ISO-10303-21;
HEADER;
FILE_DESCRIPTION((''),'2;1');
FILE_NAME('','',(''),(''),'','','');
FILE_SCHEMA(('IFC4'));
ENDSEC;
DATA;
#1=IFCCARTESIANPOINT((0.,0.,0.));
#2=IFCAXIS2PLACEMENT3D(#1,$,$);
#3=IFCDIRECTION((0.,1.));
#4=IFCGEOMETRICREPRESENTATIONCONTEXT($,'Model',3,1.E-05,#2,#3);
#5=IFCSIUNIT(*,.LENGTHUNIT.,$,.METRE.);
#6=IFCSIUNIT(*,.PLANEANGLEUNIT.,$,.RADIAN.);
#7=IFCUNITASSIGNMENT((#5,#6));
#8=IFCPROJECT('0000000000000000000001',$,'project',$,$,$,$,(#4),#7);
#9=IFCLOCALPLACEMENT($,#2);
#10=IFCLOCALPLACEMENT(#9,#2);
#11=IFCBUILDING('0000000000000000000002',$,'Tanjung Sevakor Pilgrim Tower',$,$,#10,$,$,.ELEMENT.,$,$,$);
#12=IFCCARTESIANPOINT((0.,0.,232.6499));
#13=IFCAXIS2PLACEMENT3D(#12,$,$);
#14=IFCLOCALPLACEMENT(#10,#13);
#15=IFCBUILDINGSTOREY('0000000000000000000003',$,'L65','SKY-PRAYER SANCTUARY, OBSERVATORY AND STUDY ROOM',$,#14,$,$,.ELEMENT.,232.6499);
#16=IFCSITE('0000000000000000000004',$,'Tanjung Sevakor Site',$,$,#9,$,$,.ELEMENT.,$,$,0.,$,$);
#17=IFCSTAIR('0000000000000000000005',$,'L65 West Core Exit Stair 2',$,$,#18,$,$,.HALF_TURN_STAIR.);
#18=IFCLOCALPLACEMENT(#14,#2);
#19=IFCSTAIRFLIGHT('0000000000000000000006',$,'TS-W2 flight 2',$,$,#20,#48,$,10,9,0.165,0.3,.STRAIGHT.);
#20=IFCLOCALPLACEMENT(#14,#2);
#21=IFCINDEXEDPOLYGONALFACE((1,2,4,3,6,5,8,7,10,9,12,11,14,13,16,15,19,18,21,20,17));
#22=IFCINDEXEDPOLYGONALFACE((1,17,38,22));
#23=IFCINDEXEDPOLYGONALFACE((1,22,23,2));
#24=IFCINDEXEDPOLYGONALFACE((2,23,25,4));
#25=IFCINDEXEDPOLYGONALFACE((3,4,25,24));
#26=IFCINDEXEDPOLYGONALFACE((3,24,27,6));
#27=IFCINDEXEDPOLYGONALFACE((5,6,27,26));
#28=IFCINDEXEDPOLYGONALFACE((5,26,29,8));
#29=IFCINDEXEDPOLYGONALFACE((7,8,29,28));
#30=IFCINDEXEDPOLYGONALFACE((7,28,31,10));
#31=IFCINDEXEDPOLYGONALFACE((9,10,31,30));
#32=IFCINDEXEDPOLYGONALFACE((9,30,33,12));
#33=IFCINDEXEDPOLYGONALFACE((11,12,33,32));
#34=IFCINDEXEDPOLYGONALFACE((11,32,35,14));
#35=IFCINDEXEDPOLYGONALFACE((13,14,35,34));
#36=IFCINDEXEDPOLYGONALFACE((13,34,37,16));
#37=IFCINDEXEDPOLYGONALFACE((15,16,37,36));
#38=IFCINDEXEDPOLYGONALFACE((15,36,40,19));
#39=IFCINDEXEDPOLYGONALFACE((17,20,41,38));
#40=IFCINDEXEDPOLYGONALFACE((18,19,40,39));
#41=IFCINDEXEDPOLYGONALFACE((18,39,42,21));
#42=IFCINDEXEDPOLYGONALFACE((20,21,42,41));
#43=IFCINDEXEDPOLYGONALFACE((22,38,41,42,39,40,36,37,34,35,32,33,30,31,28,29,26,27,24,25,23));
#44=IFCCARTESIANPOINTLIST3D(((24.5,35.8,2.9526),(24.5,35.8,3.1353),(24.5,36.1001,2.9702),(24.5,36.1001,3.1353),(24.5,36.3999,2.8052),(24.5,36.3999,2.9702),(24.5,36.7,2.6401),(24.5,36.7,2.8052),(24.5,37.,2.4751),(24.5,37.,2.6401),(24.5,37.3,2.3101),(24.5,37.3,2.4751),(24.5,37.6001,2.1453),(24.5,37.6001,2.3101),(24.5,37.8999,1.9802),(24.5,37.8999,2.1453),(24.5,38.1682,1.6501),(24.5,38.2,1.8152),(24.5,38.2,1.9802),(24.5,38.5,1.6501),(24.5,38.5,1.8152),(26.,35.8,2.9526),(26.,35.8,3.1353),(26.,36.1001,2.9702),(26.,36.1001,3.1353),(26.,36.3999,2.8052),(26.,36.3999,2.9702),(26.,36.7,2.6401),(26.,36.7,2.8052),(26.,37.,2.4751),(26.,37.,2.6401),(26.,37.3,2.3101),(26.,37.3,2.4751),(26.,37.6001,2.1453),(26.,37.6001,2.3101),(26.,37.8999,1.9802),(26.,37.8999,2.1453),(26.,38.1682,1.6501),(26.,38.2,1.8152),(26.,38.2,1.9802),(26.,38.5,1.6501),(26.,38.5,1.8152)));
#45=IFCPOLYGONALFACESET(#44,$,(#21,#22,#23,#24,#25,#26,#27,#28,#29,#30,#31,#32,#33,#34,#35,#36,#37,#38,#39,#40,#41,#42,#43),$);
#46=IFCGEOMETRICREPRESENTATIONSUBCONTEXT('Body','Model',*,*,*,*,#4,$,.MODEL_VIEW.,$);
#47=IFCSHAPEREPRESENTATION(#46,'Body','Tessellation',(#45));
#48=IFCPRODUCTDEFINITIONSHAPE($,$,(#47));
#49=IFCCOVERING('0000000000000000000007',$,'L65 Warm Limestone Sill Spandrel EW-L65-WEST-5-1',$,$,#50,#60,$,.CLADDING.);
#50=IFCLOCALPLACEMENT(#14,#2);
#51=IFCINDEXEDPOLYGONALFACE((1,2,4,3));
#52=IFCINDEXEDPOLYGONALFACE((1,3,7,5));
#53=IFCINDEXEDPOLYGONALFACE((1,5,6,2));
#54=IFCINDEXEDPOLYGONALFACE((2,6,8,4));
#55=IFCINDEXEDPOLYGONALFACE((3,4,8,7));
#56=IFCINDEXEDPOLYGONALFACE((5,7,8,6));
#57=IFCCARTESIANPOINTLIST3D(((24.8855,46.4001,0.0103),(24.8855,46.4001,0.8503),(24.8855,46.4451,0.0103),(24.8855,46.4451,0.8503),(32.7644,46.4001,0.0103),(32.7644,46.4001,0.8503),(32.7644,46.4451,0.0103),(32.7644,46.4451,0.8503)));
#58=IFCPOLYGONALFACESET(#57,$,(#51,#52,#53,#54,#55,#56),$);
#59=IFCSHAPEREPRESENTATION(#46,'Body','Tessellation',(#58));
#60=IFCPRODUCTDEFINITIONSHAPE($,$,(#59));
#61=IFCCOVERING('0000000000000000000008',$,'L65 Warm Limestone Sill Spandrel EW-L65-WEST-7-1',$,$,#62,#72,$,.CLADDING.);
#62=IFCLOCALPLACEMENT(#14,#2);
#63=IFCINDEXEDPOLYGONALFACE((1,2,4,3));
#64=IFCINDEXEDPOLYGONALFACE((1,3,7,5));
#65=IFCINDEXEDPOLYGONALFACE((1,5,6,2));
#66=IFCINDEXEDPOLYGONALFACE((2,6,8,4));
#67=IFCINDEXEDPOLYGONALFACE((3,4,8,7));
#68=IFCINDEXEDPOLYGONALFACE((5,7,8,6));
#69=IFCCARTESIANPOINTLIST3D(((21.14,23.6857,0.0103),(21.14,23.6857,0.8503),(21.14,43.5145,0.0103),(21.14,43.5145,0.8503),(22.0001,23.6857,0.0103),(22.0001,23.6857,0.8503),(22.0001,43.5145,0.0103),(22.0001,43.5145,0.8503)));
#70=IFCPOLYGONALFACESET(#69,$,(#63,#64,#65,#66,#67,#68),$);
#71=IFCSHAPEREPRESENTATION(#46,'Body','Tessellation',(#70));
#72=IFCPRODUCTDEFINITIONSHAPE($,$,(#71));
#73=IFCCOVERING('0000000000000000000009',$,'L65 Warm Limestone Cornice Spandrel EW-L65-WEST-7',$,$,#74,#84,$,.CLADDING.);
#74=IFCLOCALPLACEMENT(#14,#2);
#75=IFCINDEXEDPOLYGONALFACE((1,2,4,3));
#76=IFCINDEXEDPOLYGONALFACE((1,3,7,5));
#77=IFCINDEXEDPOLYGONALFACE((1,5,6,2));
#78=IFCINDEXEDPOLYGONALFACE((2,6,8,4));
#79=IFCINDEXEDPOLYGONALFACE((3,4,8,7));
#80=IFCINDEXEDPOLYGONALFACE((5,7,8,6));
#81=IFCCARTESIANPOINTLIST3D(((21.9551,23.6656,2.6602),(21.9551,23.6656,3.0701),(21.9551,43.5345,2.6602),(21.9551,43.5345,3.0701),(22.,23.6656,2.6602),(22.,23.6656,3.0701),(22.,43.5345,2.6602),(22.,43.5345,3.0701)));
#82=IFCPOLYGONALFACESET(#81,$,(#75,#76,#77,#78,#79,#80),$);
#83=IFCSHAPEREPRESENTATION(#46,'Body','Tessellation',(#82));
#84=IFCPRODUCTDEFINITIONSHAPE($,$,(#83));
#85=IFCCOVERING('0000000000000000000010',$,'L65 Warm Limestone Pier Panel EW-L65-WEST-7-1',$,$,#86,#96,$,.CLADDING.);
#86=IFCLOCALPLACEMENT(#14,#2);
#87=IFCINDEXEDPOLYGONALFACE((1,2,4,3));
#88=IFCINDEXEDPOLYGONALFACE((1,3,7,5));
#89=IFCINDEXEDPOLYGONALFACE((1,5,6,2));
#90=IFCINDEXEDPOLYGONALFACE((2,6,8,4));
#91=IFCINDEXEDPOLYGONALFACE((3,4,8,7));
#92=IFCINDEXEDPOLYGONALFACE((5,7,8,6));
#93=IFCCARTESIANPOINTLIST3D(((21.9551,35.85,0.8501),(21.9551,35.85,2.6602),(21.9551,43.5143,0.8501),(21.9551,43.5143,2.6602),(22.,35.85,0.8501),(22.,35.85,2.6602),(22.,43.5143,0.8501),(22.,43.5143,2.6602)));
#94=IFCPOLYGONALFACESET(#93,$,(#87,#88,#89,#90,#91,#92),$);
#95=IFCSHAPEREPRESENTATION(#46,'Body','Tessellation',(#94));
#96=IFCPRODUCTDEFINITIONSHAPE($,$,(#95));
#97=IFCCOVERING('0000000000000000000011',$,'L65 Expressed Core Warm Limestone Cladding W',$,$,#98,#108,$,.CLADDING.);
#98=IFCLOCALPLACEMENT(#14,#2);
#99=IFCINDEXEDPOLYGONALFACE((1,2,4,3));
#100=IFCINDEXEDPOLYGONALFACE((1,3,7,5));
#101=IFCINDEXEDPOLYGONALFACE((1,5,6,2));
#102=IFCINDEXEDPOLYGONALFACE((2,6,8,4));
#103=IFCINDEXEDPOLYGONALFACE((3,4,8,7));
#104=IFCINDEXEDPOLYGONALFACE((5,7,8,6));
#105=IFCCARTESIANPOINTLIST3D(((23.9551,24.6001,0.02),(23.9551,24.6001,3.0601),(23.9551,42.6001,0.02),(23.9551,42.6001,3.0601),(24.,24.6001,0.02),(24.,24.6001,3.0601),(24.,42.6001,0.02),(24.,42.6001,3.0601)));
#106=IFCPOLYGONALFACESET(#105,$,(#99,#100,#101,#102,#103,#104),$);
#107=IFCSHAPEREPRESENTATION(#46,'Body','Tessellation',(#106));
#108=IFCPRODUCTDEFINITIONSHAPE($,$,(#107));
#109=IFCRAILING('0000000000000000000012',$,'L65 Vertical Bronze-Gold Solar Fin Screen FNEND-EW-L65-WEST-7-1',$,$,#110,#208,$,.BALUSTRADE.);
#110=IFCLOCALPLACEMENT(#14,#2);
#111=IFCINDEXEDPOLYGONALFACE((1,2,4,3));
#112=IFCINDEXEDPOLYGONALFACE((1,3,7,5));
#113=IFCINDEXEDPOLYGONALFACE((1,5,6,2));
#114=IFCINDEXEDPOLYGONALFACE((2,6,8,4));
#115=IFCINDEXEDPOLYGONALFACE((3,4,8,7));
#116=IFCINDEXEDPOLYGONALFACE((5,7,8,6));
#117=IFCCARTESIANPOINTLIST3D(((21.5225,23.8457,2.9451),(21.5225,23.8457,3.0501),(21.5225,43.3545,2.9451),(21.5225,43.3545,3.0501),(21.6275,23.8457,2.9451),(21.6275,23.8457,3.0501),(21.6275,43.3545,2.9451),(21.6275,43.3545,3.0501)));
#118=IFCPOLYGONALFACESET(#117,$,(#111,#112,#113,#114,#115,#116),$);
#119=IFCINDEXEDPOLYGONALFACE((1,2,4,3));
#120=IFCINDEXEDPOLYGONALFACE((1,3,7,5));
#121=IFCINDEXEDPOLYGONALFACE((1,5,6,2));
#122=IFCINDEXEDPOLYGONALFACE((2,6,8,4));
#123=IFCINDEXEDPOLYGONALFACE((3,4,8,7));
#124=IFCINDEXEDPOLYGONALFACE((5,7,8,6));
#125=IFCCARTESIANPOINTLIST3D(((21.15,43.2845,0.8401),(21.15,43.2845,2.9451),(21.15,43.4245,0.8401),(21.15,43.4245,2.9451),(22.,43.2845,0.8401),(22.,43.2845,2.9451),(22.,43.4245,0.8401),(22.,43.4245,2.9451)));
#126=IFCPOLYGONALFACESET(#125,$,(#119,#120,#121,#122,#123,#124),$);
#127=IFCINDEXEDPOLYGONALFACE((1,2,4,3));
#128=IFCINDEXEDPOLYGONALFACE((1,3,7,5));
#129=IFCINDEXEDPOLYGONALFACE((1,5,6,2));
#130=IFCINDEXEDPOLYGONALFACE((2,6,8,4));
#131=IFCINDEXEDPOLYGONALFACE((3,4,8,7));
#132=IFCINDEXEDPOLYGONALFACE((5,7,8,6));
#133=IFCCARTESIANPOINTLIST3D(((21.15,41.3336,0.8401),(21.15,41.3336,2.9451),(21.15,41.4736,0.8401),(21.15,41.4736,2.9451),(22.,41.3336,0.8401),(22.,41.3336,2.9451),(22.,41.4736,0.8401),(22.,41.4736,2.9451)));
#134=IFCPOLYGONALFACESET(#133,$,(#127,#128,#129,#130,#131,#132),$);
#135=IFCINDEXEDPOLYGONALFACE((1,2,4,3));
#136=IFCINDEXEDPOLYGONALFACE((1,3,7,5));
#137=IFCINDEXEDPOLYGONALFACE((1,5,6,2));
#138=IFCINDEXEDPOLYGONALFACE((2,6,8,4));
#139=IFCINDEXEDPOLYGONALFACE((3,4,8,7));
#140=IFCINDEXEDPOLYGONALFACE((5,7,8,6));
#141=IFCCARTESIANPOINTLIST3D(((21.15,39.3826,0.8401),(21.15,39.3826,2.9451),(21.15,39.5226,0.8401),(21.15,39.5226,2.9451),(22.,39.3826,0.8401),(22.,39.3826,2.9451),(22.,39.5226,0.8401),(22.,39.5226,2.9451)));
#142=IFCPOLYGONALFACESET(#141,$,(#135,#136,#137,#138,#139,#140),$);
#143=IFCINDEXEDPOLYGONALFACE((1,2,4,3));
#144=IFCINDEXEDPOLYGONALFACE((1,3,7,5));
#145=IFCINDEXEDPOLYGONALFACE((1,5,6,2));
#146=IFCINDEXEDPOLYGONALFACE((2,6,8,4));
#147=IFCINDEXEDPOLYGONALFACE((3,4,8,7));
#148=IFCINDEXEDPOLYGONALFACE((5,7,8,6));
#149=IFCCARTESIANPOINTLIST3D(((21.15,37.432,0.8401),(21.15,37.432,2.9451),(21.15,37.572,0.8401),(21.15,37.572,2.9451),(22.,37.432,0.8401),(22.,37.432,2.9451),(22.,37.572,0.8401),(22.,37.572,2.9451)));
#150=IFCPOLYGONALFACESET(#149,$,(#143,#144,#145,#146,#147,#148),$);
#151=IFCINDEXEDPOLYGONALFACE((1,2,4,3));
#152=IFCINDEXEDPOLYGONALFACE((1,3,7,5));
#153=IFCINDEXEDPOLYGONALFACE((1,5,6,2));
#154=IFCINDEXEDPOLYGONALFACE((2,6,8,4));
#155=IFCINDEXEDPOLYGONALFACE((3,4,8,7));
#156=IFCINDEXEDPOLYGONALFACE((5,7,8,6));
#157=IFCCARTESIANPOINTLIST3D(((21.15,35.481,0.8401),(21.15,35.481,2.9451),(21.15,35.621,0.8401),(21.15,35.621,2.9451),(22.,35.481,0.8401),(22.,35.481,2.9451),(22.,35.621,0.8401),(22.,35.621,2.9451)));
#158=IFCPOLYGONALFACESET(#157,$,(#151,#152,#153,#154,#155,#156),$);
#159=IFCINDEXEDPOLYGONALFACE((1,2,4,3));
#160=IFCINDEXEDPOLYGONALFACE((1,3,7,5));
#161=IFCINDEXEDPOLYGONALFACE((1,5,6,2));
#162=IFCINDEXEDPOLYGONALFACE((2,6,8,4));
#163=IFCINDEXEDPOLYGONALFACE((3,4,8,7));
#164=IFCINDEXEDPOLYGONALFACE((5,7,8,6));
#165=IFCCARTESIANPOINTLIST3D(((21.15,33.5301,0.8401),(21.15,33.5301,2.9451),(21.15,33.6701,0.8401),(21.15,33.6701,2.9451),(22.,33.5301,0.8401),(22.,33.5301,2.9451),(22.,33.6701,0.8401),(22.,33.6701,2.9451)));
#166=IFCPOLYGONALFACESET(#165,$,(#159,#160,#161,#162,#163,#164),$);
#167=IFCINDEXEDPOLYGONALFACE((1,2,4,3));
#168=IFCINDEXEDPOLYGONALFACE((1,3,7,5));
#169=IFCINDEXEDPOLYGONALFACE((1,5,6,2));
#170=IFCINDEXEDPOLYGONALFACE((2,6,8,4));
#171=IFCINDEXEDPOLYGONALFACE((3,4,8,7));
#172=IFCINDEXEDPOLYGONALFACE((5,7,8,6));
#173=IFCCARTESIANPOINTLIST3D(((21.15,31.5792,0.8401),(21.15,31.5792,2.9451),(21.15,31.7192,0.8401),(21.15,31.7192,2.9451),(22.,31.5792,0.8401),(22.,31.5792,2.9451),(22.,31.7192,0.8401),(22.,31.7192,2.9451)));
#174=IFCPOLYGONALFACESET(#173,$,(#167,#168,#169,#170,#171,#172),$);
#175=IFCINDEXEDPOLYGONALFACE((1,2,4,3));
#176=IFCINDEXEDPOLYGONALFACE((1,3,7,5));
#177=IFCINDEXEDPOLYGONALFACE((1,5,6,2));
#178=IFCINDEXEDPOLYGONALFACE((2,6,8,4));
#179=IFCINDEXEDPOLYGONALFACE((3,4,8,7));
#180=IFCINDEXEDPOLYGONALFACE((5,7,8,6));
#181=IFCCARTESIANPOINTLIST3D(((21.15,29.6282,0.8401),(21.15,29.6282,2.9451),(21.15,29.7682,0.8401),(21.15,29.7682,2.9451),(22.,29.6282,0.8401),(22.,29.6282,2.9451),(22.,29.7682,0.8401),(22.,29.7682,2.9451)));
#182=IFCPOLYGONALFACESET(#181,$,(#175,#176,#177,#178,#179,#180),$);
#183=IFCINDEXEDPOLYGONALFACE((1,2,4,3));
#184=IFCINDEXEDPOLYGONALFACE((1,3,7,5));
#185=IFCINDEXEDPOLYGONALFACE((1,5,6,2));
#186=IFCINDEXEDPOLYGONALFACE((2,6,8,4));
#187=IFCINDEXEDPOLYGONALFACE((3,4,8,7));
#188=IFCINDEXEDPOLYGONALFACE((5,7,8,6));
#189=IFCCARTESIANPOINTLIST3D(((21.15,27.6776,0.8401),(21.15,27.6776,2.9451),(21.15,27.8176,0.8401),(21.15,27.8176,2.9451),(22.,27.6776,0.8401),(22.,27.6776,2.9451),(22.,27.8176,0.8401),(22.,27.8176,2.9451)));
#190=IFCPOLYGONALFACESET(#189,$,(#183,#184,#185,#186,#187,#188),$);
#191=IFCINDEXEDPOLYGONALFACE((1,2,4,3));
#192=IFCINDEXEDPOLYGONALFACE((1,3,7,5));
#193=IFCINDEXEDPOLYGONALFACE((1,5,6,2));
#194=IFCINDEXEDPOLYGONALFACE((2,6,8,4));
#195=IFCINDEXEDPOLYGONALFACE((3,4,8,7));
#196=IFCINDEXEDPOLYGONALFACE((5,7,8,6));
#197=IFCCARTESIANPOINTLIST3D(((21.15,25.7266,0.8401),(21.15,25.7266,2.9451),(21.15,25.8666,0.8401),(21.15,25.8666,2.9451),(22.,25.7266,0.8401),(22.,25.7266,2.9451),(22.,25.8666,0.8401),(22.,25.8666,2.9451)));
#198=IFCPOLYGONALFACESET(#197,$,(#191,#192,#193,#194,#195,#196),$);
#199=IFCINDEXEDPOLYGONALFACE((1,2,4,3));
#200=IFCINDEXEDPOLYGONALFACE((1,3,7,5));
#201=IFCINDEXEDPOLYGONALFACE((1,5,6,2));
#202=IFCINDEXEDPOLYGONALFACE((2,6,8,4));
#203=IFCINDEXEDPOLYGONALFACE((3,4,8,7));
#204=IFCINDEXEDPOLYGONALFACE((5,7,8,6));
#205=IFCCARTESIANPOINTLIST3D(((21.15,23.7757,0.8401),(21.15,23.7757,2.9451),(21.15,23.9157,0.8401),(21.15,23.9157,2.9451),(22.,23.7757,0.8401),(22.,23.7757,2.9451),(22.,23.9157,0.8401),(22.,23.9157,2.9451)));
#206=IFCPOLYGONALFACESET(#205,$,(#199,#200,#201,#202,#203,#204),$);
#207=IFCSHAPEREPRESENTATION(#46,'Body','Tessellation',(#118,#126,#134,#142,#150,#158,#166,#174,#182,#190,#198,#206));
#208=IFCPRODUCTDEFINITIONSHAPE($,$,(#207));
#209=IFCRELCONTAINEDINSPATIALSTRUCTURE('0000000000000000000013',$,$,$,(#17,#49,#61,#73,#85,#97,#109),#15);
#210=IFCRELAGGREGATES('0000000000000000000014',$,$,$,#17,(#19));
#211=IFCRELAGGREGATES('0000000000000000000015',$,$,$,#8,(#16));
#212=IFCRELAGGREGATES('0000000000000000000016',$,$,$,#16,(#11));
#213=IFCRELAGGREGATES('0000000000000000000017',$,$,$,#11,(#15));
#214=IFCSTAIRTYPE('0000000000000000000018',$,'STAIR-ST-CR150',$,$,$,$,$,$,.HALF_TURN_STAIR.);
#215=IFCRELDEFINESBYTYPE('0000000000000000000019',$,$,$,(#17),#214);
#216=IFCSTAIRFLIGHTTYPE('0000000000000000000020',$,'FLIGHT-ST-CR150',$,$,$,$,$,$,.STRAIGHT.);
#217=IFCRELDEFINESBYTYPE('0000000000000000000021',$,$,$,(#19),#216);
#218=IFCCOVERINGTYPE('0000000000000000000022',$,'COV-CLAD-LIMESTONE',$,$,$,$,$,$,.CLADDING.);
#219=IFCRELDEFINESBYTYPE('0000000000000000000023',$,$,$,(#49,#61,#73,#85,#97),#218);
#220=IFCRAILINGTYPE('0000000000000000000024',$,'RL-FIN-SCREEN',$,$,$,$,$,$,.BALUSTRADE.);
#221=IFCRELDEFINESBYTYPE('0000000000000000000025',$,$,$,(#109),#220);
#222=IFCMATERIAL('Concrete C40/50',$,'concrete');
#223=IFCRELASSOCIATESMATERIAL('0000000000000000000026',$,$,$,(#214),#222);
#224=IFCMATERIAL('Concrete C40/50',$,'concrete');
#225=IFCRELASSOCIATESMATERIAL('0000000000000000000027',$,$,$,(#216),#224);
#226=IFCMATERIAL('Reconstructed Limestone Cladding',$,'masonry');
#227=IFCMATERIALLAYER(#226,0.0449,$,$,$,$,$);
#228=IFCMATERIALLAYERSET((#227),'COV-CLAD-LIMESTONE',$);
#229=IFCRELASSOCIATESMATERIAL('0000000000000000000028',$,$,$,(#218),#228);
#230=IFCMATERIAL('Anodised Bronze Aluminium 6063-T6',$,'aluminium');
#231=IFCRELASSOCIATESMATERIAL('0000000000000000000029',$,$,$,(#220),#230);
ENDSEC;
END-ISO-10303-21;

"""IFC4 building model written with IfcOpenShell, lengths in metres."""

from ifc_helpers import new_model, si_unit, direction, frame, origin, origin_2d, place, context, subcontext, project, spatial, polyline, rectangle, outline, extrude, material, layer, layer_set, type_object, element, aggregate, save


model = new_model("IFC4")

# Units and contexts
model_context = context("Model", 3, precision=1e-05, world=origin(), true_north=direction((0.0, 1.0)))
body_context = subcontext(model_context, "Body", "Model", "MODEL_VIEW")
ifc_project = project(units=[si_unit("LENGTHUNIT", "METRE"), si_unit("PLANEANGLEUNIT", "RADIAN")], contexts=[model_context])

# Site, building, storey
site_placement = place(None, origin())
site = spatial("IfcSite", under=ifc_project, at=site_placement, Name="Tanjung Sevakor Site", CompositionType="ELEMENT", RefElevation=0.0)
building_placement = place(site_placement, origin())
building = spatial("IfcBuilding", under=site, at=building_placement, Name="Tanjung Sevakor Pilgrim Tower", CompositionType="ELEMENT")
storey_placement = place(building_placement, frame((0.0, 0.0, 232.6499)))
storey = spatial("IfcBuildingStorey", under=building, at=storey_placement, Name="L65", Description="SKY-PRAYER SANCTUARY, OBSERVATORY AND STUDY ROOM", CompositionType="ELEMENT", Elevation=232.6499)

# Stair, stair flight
ifc_material_1 = material(Name="Concrete C40/50", Category="concrete")
stair_type = type_object("IfcStairType", Name="STAIR-ST-CR150", PredefinedType="HALF_TURN_STAIR", material=ifc_material_1)
stair_placement = place(storey_placement, origin())
stair = element("IfcStair", 1, at=stair_placement, inside=storey, type_object=stair_type, Name="L65 West Core Exit Stair 2", PredefinedType="HALF_TURN_STAIR")
ifc_material_2 = material(Name="Concrete C40/50", Category="concrete")
stair_flight_type = type_object("IfcStairFlightType", Name="FLIGHT-ST-CR150", PredefinedType="STRAIGHT", material=ifc_material_2)
stair_flight_1_placement = place(storey_placement, frame((25.25, 38.5, 1.6501), z_axis=(0.0, 0.0, 1.0), x_axis=(0.0, -1.0, 0.0)))
stair_flight_1 = element("IfcStairFlight", 2, at=stair_flight_1_placement, type_object=stair_flight_type, Name="TS-W2 flight 2", NumberOfRisers=10, NumberOfTreads=9, PredefinedType="STRAIGHT", RiserHeight=0.165, TreadLength=0.3, context=body_context, shape_type="SweptSolid", body=[
    extrude(outline(polyline([(0.0, 0.0), (0.0, 0.165), (0.3, 0.165), (0.3, 0.3301), (0.6001, 0.3301), (0.6001, 0.4951), (0.8999, 0.4951), (0.8999, 0.6599), (1.2, 0.6599), (1.2, 0.825), (1.5, 0.825), (1.5, 0.99), (1.8, 0.99), (1.8, 1.155), (2.1001, 1.155), (2.1001, 1.3201), (2.3999, 1.3201), (2.3999, 1.4851), (2.7, 1.4851), (2.7, 1.6499), (2.7, 1.3025), (0.3318, 0.0), (0.0, 0.0)])), frame((0.0, 0.75, 0.0), z_axis=(0.0, -1.0, 0.0), x_axis=(1.0, 0.0, 0.0)), (0.0, 0.0, 1.0), 1.5),
])
aggregate(stair, [stair_flight_1])

# Coverings
ifc_material_3 = material(Name="Reconstructed Limestone Cladding", Category="masonry")
ifc_layer_1 = layer(ifc_material_3, 0.0449)
ifc_layer_set_1 = layer_set([ifc_layer_1], Name="COV-CLAD-LIMESTONE")
covering_type = type_object("IfcCoveringType", Name="COV-CLAD-LIMESTONE", PredefinedType="CLADDING", material=ifc_layer_set_1)
covering_1_placement = place(storey_placement, frame((28.825, 46.4226, 0.0103), z_axis=(0.0, 0.0, 1.0), x_axis=(-1.0, 0.0, 0.0)))
element("IfcCovering", 3, at=covering_1_placement, inside=storey, type_object=covering_type, Name="L65 Warm Limestone Sill Spandrel EW-L65-WEST-5-1", PredefinedType="CLADDING", context=body_context, shape_type="SweptSolid", body=[
    extrude(rectangle(XDim=7.8789, YDim=0.0449, at=origin_2d()), origin(), (0.0, 0.0, 1.0), 0.8401),
])
covering_2_placement = place(storey_placement, frame((21.5701, 33.6001, 0.0103), z_axis=(0.0, 0.0, 1.0), x_axis=(0.0, -1.0, 0.0)))
element("IfcCovering", 4, at=covering_2_placement, inside=storey, type_object=covering_type, Name="L65 Warm Limestone Sill Spandrel EW-L65-WEST-7-1", PredefinedType="CLADDING", context=body_context, shape_type="SweptSolid", body=[
    extrude(rectangle(XDim=19.8289, YDim=0.8601, at=origin_2d()), origin(), (0.0, 0.0, 1.0), 0.8401),
])
covering_3_placement = place(storey_placement, frame((21.9775, 33.6001, 2.6602), z_axis=(0.0, 0.0, 1.0), x_axis=(0.0, -1.0, 0.0)))
element("IfcCovering", 5, at=covering_3_placement, inside=storey, type_object=covering_type, Name="L65 Warm Limestone Cornice Spandrel EW-L65-WEST-7", PredefinedType="CLADDING", context=body_context, shape_type="SweptSolid", body=[
    extrude(rectangle(XDim=19.8689, YDim=0.0449, at=origin_2d()), origin(), (0.0, 0.0, 1.0), 0.4099),
])
covering_4_placement = place(storey_placement, frame((21.9775, 39.6821, 0.8501), z_axis=(0.0, 0.0, 1.0), x_axis=(0.0, -1.0, 0.0)))
element("IfcCovering", 6, at=covering_4_placement, inside=storey, type_object=covering_type, Name="L65 Warm Limestone Pier Panel EW-L65-WEST-7-1", PredefinedType="CLADDING", context=body_context, shape_type="SweptSolid", body=[
    extrude(rectangle(XDim=7.6643, YDim=0.0449, at=origin_2d()), origin(), (0.0, 0.0, 1.0), 1.8101),
])
covering_5_placement = place(storey_placement, frame((23.9775, 33.6001, 0.02), z_axis=(0.0, 0.0, 1.0), x_axis=(1.0, 0.0, 0.0)))
element("IfcCovering", 7, at=covering_5_placement, inside=storey, type_object=covering_type, Name="L65 Expressed Core Warm Limestone Cladding W", PredefinedType="CLADDING", context=body_context, shape_type="SweptSolid", body=[
    extrude(rectangle(XDim=0.0449, YDim=18.0, at=origin_2d()), origin(), (0.0, 0.0, 1.0), 3.04),
])

# Railing
ifc_material_4 = material(Name="Anodised Bronze Aluminium 6063-T6", Category="aluminium")
railing_type_1 = type_object("IfcRailingType", Name="RL-FIN-SCREEN", PredefinedType="BALUSTRADE", material=ifc_material_4)
railing_1_placement = place(storey_placement, frame((21.575, 43.3545, 0.8401)))
element("IfcRailing", 8, at=railing_1_placement, inside=storey, type_object=railing_type_1, Name="L65 Vertical Bronze-Gold Solar Fin Screen FNEND-EW-L65-WEST-7-1", PredefinedType="BALUSTRADE", context=body_context, shape_type="SweptSolid", body=[
    extrude(rectangle(XDim=0.105, YDim=0.105), frame((0.0, 0.0, 2.1575), z_axis=(0.0, -1.0, 0.0), x_axis=(1.0, 0.0, 0.0)), (0.0, 0.0, 1.0), 19.5088),
    extrude(rectangle(XDim=0.85, YDim=0.14), origin(), (0.0, 0.0, 1.0), 2.105),
    extrude(rectangle(XDim=0.85, YDim=0.14), frame((0.0, -1.9509, 0.0)), (0.0, 0.0, 1.0), 2.105),
    extrude(rectangle(XDim=0.85, YDim=0.14), frame((0.0, -3.9019, 0.0)), (0.0, 0.0, 1.0), 2.105),
    extrude(rectangle(XDim=0.85, YDim=0.14), frame((0.0, -5.8525, 0.0)), (0.0, 0.0, 1.0), 2.105),
    extrude(rectangle(XDim=0.85, YDim=0.14), frame((0.0, -7.8035, 0.0)), (0.0, 0.0, 1.0), 2.105),
    extrude(rectangle(XDim=0.85, YDim=0.14), frame((0.0, -9.7544, 0.0)), (0.0, 0.0, 1.0), 2.105),
    extrude(rectangle(XDim=0.85, YDim=0.14), frame((0.0, -11.7053, 0.0)), (0.0, 0.0, 1.0), 2.105),
    extrude(rectangle(XDim=0.85, YDim=0.14), frame((0.0, -13.6562, 0.0)), (0.0, 0.0, 1.0), 2.105),
    extrude(rectangle(XDim=0.85, YDim=0.14), frame((0.0, -15.6069, 0.0)), (0.0, 0.0, 1.0), 2.105),
    extrude(rectangle(XDim=0.85, YDim=0.14), frame((0.0, -17.5579, 0.0)), (0.0, 0.0, 1.0), 2.105),
    extrude(rectangle(XDim=0.85, YDim=0.14), frame((0.0, -19.5088, 0.0)), (0.0, 0.0, 1.0), 2.105),
])

save(model, "model.ifc")
